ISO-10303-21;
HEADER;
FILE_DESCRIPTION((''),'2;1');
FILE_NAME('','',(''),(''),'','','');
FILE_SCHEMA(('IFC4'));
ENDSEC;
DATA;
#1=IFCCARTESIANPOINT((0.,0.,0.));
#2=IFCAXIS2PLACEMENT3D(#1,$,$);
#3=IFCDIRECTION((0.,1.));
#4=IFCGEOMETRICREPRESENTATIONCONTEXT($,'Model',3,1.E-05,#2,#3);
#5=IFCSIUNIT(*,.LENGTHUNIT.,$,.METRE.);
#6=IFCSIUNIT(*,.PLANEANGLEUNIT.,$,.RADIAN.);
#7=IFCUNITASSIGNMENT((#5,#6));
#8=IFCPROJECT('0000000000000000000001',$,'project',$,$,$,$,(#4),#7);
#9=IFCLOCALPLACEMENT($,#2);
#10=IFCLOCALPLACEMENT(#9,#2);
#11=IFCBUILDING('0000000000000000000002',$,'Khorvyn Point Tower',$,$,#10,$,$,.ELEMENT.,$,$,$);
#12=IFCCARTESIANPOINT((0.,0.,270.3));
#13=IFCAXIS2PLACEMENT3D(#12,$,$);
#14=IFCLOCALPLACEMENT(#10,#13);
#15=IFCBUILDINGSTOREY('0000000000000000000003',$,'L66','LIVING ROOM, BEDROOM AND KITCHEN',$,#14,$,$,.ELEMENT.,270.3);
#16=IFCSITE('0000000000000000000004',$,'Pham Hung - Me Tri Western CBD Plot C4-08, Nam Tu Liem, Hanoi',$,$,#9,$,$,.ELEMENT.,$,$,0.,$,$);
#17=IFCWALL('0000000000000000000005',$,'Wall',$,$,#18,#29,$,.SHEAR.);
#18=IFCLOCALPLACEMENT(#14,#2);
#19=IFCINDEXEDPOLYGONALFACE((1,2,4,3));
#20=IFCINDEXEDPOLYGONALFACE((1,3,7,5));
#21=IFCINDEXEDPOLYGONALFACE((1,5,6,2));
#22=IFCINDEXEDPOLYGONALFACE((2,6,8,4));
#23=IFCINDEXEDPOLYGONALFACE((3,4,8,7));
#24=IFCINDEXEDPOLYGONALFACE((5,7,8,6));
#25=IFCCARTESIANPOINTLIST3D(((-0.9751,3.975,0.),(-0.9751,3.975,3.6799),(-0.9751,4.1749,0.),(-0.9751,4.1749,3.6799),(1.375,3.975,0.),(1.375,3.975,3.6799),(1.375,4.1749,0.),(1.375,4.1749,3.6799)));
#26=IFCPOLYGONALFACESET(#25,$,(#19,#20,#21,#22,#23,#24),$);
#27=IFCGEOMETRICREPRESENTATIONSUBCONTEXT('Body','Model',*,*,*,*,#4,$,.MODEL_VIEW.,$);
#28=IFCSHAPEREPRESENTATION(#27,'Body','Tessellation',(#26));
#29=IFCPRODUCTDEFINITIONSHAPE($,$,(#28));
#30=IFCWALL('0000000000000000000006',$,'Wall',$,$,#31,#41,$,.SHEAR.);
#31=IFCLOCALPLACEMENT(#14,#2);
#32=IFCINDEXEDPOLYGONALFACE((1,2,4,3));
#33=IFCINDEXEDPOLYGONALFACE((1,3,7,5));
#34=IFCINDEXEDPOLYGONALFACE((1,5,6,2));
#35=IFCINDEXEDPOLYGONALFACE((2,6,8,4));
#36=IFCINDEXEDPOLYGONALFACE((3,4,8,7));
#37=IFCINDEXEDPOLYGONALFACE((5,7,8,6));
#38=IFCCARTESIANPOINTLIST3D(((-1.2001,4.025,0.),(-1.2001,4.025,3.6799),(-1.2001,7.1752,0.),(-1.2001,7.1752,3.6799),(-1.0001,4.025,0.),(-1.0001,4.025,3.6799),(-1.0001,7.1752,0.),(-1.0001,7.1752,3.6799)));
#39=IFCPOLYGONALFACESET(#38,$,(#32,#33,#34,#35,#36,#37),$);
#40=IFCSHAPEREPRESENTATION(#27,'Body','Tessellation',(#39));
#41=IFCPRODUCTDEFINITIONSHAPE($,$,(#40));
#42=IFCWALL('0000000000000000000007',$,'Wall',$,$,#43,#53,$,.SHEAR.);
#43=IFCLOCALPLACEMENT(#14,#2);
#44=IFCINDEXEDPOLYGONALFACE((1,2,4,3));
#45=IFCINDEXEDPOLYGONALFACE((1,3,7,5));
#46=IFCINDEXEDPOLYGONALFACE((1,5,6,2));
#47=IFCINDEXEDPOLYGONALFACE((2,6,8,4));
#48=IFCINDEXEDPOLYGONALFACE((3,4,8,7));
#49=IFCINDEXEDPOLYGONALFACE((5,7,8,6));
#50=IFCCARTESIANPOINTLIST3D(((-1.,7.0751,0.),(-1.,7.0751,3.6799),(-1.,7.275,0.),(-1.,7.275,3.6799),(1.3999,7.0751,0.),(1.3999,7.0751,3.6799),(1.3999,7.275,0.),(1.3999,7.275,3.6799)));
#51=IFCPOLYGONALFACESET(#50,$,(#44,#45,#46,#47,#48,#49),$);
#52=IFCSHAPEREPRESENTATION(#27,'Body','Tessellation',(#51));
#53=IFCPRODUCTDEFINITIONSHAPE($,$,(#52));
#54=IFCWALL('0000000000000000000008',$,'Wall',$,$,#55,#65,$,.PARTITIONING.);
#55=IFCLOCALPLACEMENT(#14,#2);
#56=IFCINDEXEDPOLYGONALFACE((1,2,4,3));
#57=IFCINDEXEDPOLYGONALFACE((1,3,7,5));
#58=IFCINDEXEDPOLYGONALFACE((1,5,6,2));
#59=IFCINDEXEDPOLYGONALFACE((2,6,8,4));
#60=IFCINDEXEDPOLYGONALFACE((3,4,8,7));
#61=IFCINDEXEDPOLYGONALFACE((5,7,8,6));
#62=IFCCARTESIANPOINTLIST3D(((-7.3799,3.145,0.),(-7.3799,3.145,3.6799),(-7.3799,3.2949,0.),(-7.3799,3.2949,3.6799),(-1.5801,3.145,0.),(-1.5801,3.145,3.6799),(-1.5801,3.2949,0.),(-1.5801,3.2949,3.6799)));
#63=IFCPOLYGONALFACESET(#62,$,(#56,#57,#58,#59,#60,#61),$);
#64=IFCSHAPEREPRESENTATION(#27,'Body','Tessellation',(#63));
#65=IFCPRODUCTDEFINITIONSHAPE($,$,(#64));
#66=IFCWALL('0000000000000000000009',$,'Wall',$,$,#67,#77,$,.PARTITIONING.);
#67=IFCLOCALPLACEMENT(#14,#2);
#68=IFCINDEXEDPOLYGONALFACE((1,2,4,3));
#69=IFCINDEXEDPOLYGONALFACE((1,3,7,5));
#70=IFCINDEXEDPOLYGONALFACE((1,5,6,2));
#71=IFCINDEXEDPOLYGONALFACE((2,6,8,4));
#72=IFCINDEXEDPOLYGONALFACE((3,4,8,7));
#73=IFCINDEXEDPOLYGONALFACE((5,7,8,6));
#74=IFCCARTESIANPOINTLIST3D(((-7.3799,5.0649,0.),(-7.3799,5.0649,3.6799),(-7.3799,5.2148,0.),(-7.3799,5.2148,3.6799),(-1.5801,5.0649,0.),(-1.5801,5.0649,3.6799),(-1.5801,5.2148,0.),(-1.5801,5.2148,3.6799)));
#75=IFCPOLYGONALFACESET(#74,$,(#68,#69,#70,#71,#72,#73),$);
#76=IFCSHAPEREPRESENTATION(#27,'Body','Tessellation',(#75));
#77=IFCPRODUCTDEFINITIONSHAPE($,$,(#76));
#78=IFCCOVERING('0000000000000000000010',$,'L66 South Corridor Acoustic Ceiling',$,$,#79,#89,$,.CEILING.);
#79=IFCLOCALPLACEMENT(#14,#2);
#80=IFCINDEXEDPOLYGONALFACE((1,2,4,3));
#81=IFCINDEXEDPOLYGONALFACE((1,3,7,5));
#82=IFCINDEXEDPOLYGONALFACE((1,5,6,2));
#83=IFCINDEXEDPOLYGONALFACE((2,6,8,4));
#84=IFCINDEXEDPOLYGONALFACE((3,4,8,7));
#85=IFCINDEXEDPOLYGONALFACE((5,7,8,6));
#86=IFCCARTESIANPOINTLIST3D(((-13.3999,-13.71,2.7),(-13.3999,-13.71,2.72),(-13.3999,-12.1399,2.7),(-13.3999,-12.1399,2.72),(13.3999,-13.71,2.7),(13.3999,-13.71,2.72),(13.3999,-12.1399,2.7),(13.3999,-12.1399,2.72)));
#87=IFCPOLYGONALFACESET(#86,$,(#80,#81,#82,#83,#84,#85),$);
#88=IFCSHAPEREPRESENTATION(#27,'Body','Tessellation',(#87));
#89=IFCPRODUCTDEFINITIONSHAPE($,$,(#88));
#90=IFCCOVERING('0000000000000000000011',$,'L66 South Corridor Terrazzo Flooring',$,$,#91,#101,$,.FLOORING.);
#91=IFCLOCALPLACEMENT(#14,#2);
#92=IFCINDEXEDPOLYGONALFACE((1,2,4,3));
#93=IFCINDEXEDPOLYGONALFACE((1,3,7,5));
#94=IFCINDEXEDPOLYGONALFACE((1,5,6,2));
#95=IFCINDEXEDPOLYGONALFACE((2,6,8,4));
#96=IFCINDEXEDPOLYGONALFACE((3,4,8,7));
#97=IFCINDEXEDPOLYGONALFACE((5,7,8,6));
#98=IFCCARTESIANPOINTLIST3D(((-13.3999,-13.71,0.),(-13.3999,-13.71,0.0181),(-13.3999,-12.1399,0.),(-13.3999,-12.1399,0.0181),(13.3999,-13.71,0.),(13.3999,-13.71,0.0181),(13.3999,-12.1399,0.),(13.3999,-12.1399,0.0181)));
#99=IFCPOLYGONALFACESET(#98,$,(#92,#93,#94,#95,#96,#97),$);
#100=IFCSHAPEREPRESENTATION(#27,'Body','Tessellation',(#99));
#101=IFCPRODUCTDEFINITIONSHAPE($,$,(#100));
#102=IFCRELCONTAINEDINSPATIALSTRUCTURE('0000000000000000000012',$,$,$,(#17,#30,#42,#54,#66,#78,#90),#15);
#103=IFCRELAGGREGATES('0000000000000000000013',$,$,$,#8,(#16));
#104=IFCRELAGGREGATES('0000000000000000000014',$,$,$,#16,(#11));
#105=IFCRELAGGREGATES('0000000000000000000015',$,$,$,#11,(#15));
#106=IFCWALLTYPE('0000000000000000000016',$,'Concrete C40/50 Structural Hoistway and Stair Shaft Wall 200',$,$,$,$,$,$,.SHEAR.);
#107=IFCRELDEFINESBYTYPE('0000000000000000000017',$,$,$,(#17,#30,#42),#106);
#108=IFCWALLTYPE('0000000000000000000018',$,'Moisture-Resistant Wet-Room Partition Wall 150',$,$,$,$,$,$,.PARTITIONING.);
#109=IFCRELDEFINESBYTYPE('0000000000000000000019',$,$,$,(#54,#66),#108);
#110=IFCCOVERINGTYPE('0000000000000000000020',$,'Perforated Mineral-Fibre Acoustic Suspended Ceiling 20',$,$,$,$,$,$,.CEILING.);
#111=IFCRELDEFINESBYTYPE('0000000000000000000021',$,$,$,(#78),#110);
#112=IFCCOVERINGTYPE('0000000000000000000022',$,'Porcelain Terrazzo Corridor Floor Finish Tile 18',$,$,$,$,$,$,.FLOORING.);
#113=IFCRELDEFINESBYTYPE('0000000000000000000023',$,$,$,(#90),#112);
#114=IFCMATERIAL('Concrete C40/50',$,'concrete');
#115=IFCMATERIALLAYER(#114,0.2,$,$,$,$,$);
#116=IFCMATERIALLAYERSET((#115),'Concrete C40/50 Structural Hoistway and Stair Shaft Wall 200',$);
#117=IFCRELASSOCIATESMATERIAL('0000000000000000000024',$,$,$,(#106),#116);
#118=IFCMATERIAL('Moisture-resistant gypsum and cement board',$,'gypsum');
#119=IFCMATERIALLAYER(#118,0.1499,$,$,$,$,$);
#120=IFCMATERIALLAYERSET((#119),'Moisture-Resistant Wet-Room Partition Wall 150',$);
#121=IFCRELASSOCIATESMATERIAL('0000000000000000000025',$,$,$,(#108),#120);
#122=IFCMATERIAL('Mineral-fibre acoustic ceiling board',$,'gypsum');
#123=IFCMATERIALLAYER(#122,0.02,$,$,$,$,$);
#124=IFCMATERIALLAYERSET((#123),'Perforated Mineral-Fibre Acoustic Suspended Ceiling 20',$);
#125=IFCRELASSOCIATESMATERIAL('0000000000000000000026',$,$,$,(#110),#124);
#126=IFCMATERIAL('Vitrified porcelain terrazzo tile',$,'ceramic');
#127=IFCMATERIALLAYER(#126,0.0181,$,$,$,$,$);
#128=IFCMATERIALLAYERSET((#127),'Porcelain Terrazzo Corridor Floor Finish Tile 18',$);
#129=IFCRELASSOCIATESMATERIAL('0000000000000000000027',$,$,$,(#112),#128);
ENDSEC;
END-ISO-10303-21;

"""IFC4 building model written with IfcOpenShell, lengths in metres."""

from ifc_helpers import new_model, si_unit, direction, frame, frame_2d, origin, place, context, subcontext, project, spatial, polyline, rectangle, outline, extrude, material, layer, layer_set, type_object, element, save


model = new_model("IFC4")

# Units and contexts
model_context = context("Model", 3, precision=1e-05, world=origin(), true_north=direction((0.0, 1.0)))
body_context = subcontext(model_context, "Body", "Model", "MODEL_VIEW")
ifc_project = project(units=[si_unit("LENGTHUNIT", "METRE"), si_unit("PLANEANGLEUNIT", "RADIAN")], contexts=[model_context])

# Site, building, storey
site_placement = place(None, origin())
site = spatial("IfcSite", under=ifc_project, at=site_placement, Name="Pham Hung - Me Tri Western CBD Plot C4-08, Nam Tu Liem, Hanoi", CompositionType="ELEMENT", RefElevation=0.0)
building_placement = place(site_placement, origin())
building = spatial("IfcBuilding", under=site, at=building_placement, Name="Khorvyn Point Tower", CompositionType="ELEMENT")
storey_placement = place(building_placement, frame((0.0, 0.0, 270.3)))
storey = spatial("IfcBuildingStorey", under=building, at=storey_placement, Name="L66", Description="LIVING ROOM, BEDROOM AND KITCHEN", CompositionType="ELEMENT", Elevation=270.3)

# Shared definitions
ifc_material_1 = material(Name="Concrete C40/50", Category="concrete")

# Walls
ifc_layer_1 = layer(ifc_material_1, 0.2)
ifc_layer_set_1 = layer_set([ifc_layer_1], Name="Concrete C40/50 Structural Hoistway and Stair Shaft Wall 200")
wall_type_1 = type_object("IfcWallType", Name="Concrete C40/50 Structural Hoistway and Stair Shaft Wall 200", PredefinedType="SHEAR", material=ifc_layer_set_1)
wall_1_placement = place(storey_placement, frame((-0.9751, 4.075, 0.0), z_axis=(0.0, 0.0, 1.0), x_axis=(1.0, 0.0, 0.0)))
element("IfcWall", 1, at=wall_1_placement, inside=storey, type_object=wall_type_1, Name="Wall", PredefinedType="SHEAR", context=body_context, shape_type="SweptSolid", body=[
    extrude(rectangle(XDim=2.3501, YDim=0.2, at=frame_2d((1.175, 0.0))), origin(), (0.0, 0.0, 1.0), 3.6799),
])
wall_2_placement = place(storey_placement, frame((-1.1001, 4.0249, 0.0), z_axis=(0.0, 0.0, 1.0), x_axis=(0.0, 1.0, 0.0)))
element("IfcWall", 2, at=wall_2_placement, inside=storey, type_object=wall_type_1, Name="Wall", PredefinedType="SHEAR", context=body_context, shape_type="SweptSolid", body=[
    extrude(rectangle(XDim=3.1501, YDim=0.2, at=frame_2d((1.5752, 0.0))), origin(), (0.0, 0.0, 1.0), 3.6799),
])
wall_3_placement = place(storey_placement, frame((-1.0, 7.175, 0.0), z_axis=(0.0, 0.0, 1.0), x_axis=(1.0, 0.0, 0.0)))
element("IfcWall", 3, at=wall_3_placement, inside=storey, type_object=wall_type_1, Name="Wall", PredefinedType="SHEAR", context=body_context, shape_type="SweptSolid", body=[
    extrude(rectangle(XDim=2.3999, YDim=0.2, at=frame_2d((1.2, 0.0))), origin(), (0.0, 0.0, 1.0), 3.6799),
])
ifc_material_2 = material(Name="Moisture-resistant gypsum and cement board", Category="gypsum")
ifc_layer_2 = layer(ifc_material_2, 0.1499)
ifc_layer_set_2 = layer_set([ifc_layer_2], Name="Moisture-Resistant Wet-Room Partition Wall 150")
wall_type_2 = type_object("IfcWallType", Name="Moisture-Resistant Wet-Room Partition Wall 150", PredefinedType="PARTITIONING", material=ifc_layer_set_2)
for number, where, z_axis, x_axis, name in (
    (4, (-7.3799, 3.22, 0.0), (0.0, 0.0, 1.0), (1.0, 0.0, 0.0), "Wall"),
    (5, (-7.3799, 5.1399, 0.0), (0.0, 0.0, 1.0), (1.0, 0.0, 0.0), "Wall"),
):
    element("IfcWall", number, at=place(storey_placement, frame(where, z_axis=z_axis, x_axis=x_axis)), inside=storey, type_object=wall_type_2, Name=name, PredefinedType="PARTITIONING", context=body_context, shape_type="SweptSolid", body=[
        extrude(rectangle(XDim=5.7998, YDim=0.1499, at=frame_2d((2.8999, 0.0))), origin(), (0.0, 0.0, 1.0), 3.6799),
    ])

# Coverings
ifc_material_3 = material(Name="Mineral-fibre acoustic ceiling board", Category="gypsum")
ifc_layer_3 = layer(ifc_material_3, 0.02)
ifc_layer_set_3 = layer_set([ifc_layer_3], Name="Perforated Mineral-Fibre Acoustic Suspended Ceiling 20")
covering_type_1 = type_object("IfcCoveringType", Name="Perforated Mineral-Fibre Acoustic Suspended Ceiling 20", PredefinedType="CEILING", material=ifc_layer_set_3)
covering_1_placement = place(storey_placement, frame((0.0, 0.0, 2.7)))
element("IfcCovering", 6, at=covering_1_placement, inside=storey, type_object=covering_type_1, Name="L66 South Corridor Acoustic Ceiling", PredefinedType="CEILING", context=body_context, shape_type="SweptSolid", body=[
    extrude(outline(polyline([(-13.3999, -13.71), (13.3999, -13.71), (13.3999, -12.1399), (-13.3999, -12.1399), (-13.3999, -13.71)])), origin(), (0.0, 0.0, 1.0), 0.02),
])
ifc_material_4 = material(Name="Vitrified porcelain terrazzo tile", Category="ceramic")
ifc_layer_4 = layer(ifc_material_4, 0.0181)
ifc_layer_set_4 = layer_set([ifc_layer_4], Name="Porcelain Terrazzo Corridor Floor Finish Tile 18")
covering_type_2 = type_object("IfcCoveringType", Name="Porcelain Terrazzo Corridor Floor Finish Tile 18", PredefinedType="FLOORING", material=ifc_layer_set_4)
covering_2_placement = place(storey_placement, origin())
element("IfcCovering", 7, at=covering_2_placement, inside=storey, type_object=covering_type_2, Name="L66 South Corridor Terrazzo Flooring", PredefinedType="FLOORING", context=body_context, shape_type="SweptSolid", body=[
    extrude(outline(polyline([(-13.3999, -13.71), (13.3999, -13.71), (13.3999, -12.1399), (-13.3999, -12.1399), (-13.3999, -13.71)])), origin(), (0.0, 0.0, 1.0), 0.0181),
])

save(model, "model.ifc")
